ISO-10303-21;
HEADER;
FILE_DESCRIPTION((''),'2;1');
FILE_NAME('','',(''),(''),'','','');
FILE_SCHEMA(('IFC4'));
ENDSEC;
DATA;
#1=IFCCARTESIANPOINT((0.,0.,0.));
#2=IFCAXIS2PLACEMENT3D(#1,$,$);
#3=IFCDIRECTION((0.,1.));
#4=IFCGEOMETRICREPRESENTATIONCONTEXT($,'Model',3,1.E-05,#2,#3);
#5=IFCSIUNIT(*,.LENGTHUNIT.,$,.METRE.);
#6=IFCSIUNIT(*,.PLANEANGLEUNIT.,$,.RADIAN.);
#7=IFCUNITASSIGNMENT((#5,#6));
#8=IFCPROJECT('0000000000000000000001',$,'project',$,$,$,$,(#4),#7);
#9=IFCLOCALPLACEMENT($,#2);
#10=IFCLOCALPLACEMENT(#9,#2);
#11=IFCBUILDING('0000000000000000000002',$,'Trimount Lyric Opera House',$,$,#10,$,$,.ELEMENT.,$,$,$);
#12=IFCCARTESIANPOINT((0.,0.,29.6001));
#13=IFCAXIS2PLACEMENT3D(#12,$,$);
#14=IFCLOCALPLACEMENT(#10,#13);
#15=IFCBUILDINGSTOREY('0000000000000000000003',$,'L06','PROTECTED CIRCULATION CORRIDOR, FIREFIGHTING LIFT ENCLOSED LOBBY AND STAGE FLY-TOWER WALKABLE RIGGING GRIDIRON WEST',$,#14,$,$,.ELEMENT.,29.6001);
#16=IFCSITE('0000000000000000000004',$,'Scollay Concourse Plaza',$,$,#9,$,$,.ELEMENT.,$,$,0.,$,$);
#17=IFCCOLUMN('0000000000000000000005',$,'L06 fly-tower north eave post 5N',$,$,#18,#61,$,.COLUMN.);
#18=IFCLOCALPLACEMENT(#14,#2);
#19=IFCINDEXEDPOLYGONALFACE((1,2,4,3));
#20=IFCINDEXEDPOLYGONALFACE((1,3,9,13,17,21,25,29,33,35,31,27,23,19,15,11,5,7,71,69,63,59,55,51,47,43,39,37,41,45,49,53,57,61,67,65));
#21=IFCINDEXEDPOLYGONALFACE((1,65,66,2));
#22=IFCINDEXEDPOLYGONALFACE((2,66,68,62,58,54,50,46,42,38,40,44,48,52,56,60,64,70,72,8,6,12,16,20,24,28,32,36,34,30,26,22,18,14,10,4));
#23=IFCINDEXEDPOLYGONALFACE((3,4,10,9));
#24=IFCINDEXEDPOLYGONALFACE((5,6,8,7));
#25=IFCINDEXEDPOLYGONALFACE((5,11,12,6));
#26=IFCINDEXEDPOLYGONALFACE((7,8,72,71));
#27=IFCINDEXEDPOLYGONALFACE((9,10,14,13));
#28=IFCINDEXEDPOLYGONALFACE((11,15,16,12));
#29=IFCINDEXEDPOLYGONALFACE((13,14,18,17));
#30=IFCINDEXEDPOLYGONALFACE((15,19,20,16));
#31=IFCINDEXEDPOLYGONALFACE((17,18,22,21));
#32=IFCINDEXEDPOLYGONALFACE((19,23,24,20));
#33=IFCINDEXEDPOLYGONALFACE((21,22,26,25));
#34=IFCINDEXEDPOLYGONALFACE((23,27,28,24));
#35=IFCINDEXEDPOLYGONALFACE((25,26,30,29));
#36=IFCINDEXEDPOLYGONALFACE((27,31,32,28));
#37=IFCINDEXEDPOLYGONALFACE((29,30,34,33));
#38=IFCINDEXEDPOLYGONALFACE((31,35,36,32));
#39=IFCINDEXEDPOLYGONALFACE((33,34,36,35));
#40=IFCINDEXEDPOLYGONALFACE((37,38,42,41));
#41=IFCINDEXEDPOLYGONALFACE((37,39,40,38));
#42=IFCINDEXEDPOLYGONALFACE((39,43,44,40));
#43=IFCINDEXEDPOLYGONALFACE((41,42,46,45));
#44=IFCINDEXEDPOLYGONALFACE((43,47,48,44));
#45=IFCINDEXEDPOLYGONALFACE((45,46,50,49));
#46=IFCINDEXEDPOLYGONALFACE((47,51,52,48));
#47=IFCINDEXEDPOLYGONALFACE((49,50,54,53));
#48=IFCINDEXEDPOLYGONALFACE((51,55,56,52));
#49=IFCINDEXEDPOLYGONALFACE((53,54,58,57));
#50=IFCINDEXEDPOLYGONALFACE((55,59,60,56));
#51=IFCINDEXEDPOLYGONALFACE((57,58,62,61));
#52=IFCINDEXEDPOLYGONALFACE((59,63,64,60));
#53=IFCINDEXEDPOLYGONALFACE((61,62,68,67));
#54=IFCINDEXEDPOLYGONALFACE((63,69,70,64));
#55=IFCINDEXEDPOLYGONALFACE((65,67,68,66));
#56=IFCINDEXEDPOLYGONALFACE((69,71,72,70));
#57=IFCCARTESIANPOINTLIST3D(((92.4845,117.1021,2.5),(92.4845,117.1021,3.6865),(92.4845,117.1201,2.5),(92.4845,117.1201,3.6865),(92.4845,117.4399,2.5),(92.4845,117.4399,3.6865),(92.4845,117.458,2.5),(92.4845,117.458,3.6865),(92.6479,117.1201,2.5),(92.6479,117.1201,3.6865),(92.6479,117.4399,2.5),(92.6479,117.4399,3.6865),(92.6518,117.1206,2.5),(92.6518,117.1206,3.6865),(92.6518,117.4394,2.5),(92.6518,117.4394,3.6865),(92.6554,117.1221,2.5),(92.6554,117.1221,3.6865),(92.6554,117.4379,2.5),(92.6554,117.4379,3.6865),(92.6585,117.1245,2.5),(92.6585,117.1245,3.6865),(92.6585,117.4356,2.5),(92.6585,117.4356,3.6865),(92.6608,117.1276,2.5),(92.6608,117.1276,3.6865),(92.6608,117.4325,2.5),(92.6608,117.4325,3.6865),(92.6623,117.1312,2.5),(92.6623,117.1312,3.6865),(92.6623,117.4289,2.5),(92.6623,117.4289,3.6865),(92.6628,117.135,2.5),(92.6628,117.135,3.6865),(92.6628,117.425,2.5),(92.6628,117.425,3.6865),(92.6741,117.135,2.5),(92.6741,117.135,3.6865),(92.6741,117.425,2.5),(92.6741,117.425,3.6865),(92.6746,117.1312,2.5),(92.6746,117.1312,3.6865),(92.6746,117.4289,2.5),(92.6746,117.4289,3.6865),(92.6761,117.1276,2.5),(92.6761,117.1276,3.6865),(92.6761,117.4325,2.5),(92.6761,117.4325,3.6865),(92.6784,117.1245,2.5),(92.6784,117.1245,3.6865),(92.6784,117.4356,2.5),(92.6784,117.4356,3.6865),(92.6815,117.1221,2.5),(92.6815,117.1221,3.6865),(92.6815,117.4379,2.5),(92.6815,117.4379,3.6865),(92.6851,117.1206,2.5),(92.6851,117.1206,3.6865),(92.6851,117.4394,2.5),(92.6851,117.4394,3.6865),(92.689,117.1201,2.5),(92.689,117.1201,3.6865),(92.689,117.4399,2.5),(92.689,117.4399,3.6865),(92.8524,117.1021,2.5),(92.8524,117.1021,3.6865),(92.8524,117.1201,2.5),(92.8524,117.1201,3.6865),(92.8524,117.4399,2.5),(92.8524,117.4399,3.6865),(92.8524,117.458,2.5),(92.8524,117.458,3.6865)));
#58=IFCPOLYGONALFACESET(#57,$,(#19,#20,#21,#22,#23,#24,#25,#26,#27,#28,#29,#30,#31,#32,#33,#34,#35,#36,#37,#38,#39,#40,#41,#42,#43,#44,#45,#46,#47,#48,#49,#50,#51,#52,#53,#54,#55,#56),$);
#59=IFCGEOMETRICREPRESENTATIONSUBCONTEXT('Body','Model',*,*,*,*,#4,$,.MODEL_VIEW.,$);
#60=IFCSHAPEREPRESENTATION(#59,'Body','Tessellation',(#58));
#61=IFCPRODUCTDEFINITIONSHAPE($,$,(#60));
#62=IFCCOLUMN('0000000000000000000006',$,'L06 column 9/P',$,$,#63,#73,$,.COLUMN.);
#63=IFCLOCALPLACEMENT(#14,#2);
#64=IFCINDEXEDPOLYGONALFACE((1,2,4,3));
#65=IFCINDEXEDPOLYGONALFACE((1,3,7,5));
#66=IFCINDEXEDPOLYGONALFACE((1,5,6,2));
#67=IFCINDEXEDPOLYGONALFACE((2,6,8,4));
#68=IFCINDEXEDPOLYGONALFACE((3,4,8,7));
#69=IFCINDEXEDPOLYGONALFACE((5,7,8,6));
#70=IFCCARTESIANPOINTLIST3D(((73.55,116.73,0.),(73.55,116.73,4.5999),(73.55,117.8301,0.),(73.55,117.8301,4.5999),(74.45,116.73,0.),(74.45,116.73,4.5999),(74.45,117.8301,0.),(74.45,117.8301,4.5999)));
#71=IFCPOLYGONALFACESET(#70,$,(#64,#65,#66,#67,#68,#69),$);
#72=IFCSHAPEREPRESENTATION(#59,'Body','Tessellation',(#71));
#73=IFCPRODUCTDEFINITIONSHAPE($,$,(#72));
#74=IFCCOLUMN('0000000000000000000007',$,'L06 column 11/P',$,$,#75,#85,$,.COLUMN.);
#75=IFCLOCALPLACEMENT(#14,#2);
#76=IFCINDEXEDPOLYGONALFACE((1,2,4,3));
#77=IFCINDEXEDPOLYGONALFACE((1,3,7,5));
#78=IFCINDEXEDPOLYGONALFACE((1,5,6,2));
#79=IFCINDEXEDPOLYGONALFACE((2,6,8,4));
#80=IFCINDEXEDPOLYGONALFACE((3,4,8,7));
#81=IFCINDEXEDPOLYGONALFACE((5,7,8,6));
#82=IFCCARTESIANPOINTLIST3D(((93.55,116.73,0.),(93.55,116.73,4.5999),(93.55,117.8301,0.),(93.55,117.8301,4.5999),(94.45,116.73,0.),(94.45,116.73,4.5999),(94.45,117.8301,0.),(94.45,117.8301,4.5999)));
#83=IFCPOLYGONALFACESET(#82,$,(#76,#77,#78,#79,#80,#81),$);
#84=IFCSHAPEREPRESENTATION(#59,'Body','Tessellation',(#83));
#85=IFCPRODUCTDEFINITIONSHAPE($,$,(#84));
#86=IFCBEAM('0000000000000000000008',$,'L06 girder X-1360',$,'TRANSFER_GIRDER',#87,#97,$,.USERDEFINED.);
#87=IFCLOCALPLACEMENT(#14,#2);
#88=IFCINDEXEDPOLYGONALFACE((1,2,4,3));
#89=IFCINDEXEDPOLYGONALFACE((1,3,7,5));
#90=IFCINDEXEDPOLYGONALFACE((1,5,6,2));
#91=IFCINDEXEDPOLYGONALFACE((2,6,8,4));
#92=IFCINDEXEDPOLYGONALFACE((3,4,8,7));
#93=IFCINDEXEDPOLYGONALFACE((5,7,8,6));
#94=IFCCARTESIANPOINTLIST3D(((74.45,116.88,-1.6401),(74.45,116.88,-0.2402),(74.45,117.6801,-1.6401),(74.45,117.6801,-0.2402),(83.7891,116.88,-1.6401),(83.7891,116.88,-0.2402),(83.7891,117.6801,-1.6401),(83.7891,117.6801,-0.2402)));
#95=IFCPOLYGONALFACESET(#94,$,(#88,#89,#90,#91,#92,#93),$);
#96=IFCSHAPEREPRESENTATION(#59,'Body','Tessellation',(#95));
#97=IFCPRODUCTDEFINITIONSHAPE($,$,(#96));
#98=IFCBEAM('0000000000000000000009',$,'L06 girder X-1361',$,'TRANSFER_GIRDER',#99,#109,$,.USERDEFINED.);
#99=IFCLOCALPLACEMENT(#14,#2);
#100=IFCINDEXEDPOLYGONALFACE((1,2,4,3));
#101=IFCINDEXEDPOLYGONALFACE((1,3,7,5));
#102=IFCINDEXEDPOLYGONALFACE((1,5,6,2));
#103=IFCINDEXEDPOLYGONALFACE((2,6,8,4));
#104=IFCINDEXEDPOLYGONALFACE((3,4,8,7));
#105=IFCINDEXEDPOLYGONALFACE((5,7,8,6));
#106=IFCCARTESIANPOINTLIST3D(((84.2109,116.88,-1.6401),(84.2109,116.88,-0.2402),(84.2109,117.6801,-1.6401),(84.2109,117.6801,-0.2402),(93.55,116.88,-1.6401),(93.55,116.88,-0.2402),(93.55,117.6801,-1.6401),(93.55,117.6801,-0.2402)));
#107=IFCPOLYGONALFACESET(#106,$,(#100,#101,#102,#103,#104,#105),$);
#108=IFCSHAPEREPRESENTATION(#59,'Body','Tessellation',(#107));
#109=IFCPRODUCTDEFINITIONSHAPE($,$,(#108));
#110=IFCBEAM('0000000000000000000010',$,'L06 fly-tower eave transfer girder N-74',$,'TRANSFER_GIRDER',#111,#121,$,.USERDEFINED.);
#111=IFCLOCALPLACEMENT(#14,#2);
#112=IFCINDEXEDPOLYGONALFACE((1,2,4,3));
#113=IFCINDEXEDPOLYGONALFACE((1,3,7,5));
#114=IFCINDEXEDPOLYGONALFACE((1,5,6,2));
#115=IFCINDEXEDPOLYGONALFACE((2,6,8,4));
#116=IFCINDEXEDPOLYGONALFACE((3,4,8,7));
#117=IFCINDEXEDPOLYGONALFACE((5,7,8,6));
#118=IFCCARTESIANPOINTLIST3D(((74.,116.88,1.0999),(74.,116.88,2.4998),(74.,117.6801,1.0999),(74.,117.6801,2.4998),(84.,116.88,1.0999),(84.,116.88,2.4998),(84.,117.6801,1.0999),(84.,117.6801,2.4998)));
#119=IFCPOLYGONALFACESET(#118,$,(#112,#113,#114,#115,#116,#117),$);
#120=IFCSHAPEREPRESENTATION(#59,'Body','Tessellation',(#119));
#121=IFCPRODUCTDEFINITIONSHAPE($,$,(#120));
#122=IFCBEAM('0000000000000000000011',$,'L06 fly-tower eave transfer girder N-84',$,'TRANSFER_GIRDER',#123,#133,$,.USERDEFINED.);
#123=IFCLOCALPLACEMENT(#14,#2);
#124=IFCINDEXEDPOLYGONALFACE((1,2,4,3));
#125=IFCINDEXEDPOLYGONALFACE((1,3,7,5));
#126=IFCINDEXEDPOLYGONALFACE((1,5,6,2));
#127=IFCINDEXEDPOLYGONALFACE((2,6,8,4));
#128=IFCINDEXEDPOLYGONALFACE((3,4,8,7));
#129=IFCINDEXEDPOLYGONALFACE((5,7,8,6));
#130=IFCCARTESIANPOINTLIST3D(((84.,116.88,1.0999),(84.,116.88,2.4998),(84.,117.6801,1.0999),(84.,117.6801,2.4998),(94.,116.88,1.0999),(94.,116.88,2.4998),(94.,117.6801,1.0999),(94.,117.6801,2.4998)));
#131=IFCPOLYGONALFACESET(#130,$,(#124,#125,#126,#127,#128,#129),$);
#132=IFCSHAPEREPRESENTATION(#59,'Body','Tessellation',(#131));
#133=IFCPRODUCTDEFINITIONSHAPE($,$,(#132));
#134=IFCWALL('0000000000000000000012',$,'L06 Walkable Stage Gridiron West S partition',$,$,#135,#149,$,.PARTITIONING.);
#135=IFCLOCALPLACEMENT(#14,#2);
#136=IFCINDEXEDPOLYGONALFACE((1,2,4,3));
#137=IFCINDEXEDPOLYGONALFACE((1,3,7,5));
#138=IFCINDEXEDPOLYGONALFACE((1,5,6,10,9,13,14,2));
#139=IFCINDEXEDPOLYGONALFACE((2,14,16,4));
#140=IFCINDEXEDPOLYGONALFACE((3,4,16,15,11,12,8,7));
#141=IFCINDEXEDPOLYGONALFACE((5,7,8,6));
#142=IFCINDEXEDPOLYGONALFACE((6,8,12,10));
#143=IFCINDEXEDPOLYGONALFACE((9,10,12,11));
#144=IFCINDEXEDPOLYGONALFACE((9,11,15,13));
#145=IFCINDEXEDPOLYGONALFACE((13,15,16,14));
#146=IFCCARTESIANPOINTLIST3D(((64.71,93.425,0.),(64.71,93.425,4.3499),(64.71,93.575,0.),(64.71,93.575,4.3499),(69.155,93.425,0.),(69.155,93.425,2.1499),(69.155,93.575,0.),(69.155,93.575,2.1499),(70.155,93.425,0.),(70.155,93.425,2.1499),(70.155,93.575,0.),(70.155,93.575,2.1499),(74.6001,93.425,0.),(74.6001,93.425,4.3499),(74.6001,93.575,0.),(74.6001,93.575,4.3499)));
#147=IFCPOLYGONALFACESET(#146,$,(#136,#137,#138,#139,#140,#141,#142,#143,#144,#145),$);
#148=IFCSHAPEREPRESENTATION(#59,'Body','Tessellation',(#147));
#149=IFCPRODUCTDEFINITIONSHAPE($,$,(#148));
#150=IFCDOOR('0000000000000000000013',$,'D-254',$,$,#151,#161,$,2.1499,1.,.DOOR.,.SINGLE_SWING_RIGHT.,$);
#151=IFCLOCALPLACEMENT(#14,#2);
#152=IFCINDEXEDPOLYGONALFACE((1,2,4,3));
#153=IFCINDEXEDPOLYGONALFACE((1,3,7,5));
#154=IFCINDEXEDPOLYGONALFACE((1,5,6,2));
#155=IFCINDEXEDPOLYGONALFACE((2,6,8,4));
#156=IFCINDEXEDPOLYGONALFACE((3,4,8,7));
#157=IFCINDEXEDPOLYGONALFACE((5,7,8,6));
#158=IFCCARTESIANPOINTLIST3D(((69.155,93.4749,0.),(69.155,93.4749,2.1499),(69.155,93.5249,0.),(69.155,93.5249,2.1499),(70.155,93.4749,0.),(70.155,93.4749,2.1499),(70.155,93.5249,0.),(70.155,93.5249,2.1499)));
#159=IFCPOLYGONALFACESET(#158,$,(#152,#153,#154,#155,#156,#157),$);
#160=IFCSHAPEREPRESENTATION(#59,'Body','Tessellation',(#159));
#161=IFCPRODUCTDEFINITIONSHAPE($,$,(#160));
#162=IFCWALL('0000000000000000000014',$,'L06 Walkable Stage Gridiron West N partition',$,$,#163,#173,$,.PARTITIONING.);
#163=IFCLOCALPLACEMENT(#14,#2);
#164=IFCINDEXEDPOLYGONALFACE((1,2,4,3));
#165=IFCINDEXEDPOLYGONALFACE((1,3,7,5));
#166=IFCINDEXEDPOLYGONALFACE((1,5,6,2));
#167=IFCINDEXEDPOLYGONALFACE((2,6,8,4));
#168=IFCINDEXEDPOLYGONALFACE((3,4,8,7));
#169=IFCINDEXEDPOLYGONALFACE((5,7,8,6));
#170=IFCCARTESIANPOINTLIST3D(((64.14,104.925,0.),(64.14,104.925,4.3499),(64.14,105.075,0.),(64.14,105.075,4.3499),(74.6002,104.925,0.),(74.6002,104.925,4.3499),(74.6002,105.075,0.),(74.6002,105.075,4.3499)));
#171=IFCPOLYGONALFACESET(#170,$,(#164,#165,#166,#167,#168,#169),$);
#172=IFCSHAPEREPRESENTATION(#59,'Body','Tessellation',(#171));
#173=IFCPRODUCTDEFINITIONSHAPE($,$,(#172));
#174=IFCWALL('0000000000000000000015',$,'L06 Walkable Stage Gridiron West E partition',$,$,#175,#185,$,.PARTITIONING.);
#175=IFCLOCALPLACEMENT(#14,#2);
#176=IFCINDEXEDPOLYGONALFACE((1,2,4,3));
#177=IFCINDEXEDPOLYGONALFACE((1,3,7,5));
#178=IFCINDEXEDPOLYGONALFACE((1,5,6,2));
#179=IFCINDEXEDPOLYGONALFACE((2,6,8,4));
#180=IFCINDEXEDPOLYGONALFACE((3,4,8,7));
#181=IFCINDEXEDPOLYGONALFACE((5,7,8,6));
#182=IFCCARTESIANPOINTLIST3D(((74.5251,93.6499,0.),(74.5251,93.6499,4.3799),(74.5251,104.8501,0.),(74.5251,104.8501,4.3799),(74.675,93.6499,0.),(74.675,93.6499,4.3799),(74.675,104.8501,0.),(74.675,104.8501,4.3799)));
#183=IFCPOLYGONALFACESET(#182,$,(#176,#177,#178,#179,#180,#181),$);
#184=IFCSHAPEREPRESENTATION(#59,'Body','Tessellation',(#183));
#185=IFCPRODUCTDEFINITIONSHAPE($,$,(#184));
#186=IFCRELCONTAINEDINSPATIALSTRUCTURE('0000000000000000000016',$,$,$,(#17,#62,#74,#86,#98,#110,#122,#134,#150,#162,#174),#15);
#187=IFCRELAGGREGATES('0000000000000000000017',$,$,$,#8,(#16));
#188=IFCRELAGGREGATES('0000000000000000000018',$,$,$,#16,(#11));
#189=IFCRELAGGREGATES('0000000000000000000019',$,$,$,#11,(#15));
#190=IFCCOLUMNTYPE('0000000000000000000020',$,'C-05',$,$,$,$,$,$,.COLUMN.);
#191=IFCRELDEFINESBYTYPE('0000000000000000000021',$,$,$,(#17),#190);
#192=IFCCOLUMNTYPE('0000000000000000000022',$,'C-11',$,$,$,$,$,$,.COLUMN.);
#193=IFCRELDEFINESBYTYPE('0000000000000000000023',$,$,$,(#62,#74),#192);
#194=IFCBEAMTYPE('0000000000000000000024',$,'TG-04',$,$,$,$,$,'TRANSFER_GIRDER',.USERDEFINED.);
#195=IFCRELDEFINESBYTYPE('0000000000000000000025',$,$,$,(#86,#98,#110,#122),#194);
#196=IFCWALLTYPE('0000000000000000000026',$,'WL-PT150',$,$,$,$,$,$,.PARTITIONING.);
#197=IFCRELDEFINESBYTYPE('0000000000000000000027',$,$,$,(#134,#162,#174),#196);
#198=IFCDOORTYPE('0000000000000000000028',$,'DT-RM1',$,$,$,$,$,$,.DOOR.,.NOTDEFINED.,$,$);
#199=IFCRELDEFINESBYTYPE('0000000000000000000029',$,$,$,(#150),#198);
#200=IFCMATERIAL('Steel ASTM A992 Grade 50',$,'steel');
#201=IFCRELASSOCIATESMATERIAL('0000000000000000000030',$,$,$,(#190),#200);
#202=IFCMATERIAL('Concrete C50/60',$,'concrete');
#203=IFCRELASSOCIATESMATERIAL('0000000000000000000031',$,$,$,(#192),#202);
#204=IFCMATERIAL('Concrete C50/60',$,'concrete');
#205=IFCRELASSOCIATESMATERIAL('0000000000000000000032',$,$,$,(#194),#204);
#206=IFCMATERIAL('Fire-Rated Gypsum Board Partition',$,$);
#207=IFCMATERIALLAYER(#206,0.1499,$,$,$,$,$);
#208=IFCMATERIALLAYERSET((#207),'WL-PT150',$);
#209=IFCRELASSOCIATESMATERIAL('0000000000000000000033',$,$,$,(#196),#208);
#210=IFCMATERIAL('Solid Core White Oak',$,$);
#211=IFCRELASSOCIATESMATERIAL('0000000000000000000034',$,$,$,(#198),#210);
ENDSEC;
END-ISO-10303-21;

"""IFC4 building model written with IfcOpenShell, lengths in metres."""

from ifc_helpers import new_model, si_unit, direction, frame, frame_2d, origin, origin_2d, place, context, subcontext, project, spatial, rectangle, i_section, extrude, material, layer, layer_set, material_profile, profile_set, type_object, element, fill, save


model = new_model("IFC4")

# Units and contexts
model_context = context("Model", 3, precision=1e-05, world=origin(), true_north=direction((0.0, 1.0)))
body_context = subcontext(model_context, "Body", "Model", "MODEL_VIEW")
ifc_project = project(units=[si_unit("LENGTHUNIT", "METRE"), si_unit("PLANEANGLEUNIT", "RADIAN")], contexts=[model_context])

# Site, building, storey
site_placement = place(None, origin())
site = spatial("IfcSite", under=ifc_project, at=site_placement, Name="Scollay Concourse Plaza", CompositionType="ELEMENT", RefElevation=0.0)
building_placement = place(site_placement, origin())
building = spatial("IfcBuilding", under=site, at=building_placement, Name="Trimount Lyric Opera House", CompositionType="ELEMENT")
storey_placement = place(building_placement, frame((0.0, 0.0, 29.6001)))
storey = spatial("IfcBuildingStorey", under=building, at=storey_placement, Name="L06", Description="PROTECTED CIRCULATION CORRIDOR, FIREFIGHTING LIFT ENCLOSED LOBBY AND STAGE FLY-TOWER WALKABLE RIGGING GRIDIRON WEST", CompositionType="ELEMENT", Elevation=29.6001)

# Columns
ifc_material_1 = material(Name="Steel ASTM A992 Grade 50", Category="steel")
ifc_material_profile_1 = material_profile(ifc_material_1, i_section(OverallWidth=0.3679, OverallDepth=0.356, WebThickness=0.0112, FlangeThickness=0.0181, FilletRadius=0.0149, at=origin_2d()), Name="W14X90")
ifc_profile_set_1 = profile_set([ifc_material_profile_1], Name="Steel ASTM A992 Grade 50")
column_type_1 = type_object("IfcColumnType", Name="C-05", PredefinedType="COLUMN", material=ifc_profile_set_1)
column_1_placement = place(storey_placement, frame((92.6685, 117.28, 2.5), z_axis=(0.0, 0.0, 1.0), x_axis=(1.0, 0.0, 0.0)))
element("IfcColumn", 1, at=column_1_placement, inside=storey, type_object=column_type_1, Name="L06 fly-tower north eave post 5N", PredefinedType="COLUMN", context=body_context, shape_type="SweptSolid", body=[
    extrude(i_section(OverallWidth=0.3679, OverallDepth=0.356, WebThickness=0.0112, FlangeThickness=0.0181, FilletRadius=0.0149, at=origin_2d()), origin(), (0.0, 0.0, 1.0), 1.1865),
])
ifc_material_2 = material(Name="Concrete C50/60", Category="concrete")
ifc_material_profile_2 = material_profile(ifc_material_2, rectangle(XDim=0.8999, YDim=1.1001, at=origin_2d()), Name="RC1100X900")
ifc_profile_set_2 = profile_set([ifc_material_profile_2], Name="Concrete C50/60")
column_type_2 = type_object("IfcColumnType", Name="C-11", PredefinedType="COLUMN", material=ifc_profile_set_2)
for number, where, z_axis, x_axis, name in (
    (2, (74.0, 117.28, 0.0), (0.0, 0.0, 1.0), (1.0, 0.0, 0.0), "L06 column 9/P"),
    (3, (94.0, 117.28, 0.0), (0.0, 0.0, 1.0), (1.0, 0.0, 0.0), "L06 column 11/P"),
):
    element("IfcColumn", number, at=place(storey_placement, frame(where, z_axis=z_axis, x_axis=x_axis)), inside=storey, type_object=column_type_2, Name=name, PredefinedType="COLUMN", context=body_context, shape_type="SweptSolid", body=[
        extrude(rectangle(XDim=0.8999, YDim=1.1001, at=origin_2d()), origin(), (0.0, 0.0, 1.0), 4.5999),
    ])

# Beams
ifc_material_3 = material(Name="Concrete C50/60", Category="concrete")
ifc_material_profile_3 = material_profile(ifc_material_3, rectangle(XDim=0.8, YDim=1.3999, at=origin_2d()), Name="RC800X1400")
ifc_profile_set_3 = profile_set([ifc_material_profile_3], Name="Concrete C50/60")
beam_type = type_object("IfcBeamType", Name="TG-04", ElementType="TRANSFER_GIRDER", PredefinedType="USERDEFINED", material=ifc_profile_set_3)
for number, where, z_axis, x_axis, name in (
    (4, (74.45, 117.28, -0.9402), (1.0, 0.0, 0.0), (0.0, 1.0, 0.0), "L06 girder X-1360"),
    (5, (84.2109, 117.28, -0.9402), (1.0, 0.0, 0.0), (0.0, 1.0, 0.0), "L06 girder X-1361"),
):
    element("IfcBeam", number, at=place(storey_placement, frame(where, z_axis=z_axis, x_axis=x_axis)), inside=storey, type_object=beam_type, Name=name, ObjectType="TRANSFER_GIRDER", PredefinedType="USERDEFINED", context=body_context, shape_type="SweptSolid", body=[
        extrude(rectangle(XDim=0.8, YDim=1.3999, at=origin_2d()), origin(), (0.0, 0.0, 1.0), 9.3391),
    ])
for number, where, z_axis, x_axis, name in (
    (6, (74.0, 117.28, 1.7998), (1.0, 0.0, 0.0), (0.0, 1.0, 0.0), "L06 fly-tower eave transfer girder N-74"),
    (7, (84.0, 117.28, 1.7998), (1.0, 0.0, 0.0), (0.0, 1.0, 0.0), "L06 fly-tower eave transfer girder N-84"),
):
    element("IfcBeam", number, at=place(storey_placement, frame(where, z_axis=z_axis, x_axis=x_axis)), inside=storey, type_object=beam_type, Name=name, ObjectType="TRANSFER_GIRDER", PredefinedType="USERDEFINED", context=body_context, shape_type="SweptSolid", body=[
        extrude(rectangle(XDim=0.8, YDim=1.3999, at=origin_2d()), origin(), (0.0, 0.0, 1.0), 10.0),
    ])

# Wall, opening, door
ifc_material_4 = material(Name="Fire-Rated Gypsum Board Partition")
ifc_layer_1 = layer(ifc_material_4, 0.1499)
ifc_layer_set_1 = layer_set([ifc_layer_1], Name="WL-PT150")
wall_type_1 = type_object("IfcWallType", Name="WL-PT150", PredefinedType="PARTITIONING", material=ifc_layer_set_1)
wall_1_placement = place(storey_placement, frame((64.71, 93.5, 0.0), z_axis=(0.0, 0.0, 1.0), x_axis=(1.0, 0.0, 0.0)))
wall_1 = element("IfcWall", 8, at=wall_1_placement, inside=storey, type_object=wall_type_1, Name="L06 Walkable Stage Gridiron West S partition", PredefinedType="PARTITIONING", context=body_context, shape_type="SweptSolid", body=[
    extrude(rectangle(XDim=9.8901, YDim=0.1499, at=frame_2d((4.9451, 0.0))), origin(), (0.0, 0.0, 1.0), 4.3499),
])
opening_1_placement = place(wall_1_placement, frame((4.4451, 0.0, 0.0)))
opening_1 = element("IfcOpeningElement", 9, at=opening_1_placement, cuts=wall_1, PredefinedType="OPENING", context=body_context, shape_type="SweptSolid", body=[
    extrude(rectangle(XDim=1.0, YDim=2.1499, at=frame_2d((0.5, 1.075))), frame((0.0, 0.085, 0.0), z_axis=(0.0, -1.0, 0.0), x_axis=(1.0, 0.0, 0.0)), (0.0, 0.0, 1.0), 0.1699),
])
ifc_material_5 = material(Name="Solid Core White Oak")
door_type_1 = type_object("IfcDoorType", Name="DT-RM1", OperationType="NOTDEFINED", PredefinedType="DOOR", material=ifc_material_5)
door_1_placement = place(opening_1_placement, origin())
door_1 = element("IfcDoor", 10, at=door_1_placement, inside=storey, type_object=door_type_1, Name="D-254", OperationType="SINGLE_SWING_RIGHT", OverallHeight=2.1499, OverallWidth=1.0, PredefinedType="DOOR", context=body_context, shape_type="SweptSolid", body=[
    extrude(rectangle(XDim=1.0, YDim=2.1499, at=frame_2d((0.5, 1.075))), frame((0.0, 0.0249, 0.0), z_axis=(0.0, -1.0, 0.0), x_axis=(1.0, 0.0, 0.0)), (0.0, 0.0, 1.0), 0.05),
])
fill(opening_1, door_1)

# Walls
wall_2_placement = place(storey_placement, frame((74.6001, 105.0, 0.0), z_axis=(0.0, 0.0, 1.0), x_axis=(-1.0, 0.0, 0.0)))
element("IfcWall", 11, at=wall_2_placement, inside=storey, type_object=wall_type_1, Name="L06 Walkable Stage Gridiron West N partition", PredefinedType="PARTITIONING", context=body_context, shape_type="SweptSolid", body=[
    extrude(rectangle(XDim=10.4602, YDim=0.1499, at=frame_2d((5.23, 0.0))), origin(), (0.0, 0.0, 1.0), 4.3499),
])
wall_3_placement = place(storey_placement, frame((74.6001, 93.6499, 0.0), z_axis=(0.0, 0.0, 1.0), x_axis=(0.0, 1.0, 0.0)))
element("IfcWall", 12, at=wall_3_placement, inside=storey, type_object=wall_type_1, Name="L06 Walkable Stage Gridiron West E partition", PredefinedType="PARTITIONING", context=body_context, shape_type="SweptSolid", body=[
    extrude(rectangle(XDim=11.2002, YDim=0.1499, at=frame_2d((5.6001, 0.0))), origin(), (0.0, 0.0, 1.0), 4.3799),
])

save(model, "model.ifc")
